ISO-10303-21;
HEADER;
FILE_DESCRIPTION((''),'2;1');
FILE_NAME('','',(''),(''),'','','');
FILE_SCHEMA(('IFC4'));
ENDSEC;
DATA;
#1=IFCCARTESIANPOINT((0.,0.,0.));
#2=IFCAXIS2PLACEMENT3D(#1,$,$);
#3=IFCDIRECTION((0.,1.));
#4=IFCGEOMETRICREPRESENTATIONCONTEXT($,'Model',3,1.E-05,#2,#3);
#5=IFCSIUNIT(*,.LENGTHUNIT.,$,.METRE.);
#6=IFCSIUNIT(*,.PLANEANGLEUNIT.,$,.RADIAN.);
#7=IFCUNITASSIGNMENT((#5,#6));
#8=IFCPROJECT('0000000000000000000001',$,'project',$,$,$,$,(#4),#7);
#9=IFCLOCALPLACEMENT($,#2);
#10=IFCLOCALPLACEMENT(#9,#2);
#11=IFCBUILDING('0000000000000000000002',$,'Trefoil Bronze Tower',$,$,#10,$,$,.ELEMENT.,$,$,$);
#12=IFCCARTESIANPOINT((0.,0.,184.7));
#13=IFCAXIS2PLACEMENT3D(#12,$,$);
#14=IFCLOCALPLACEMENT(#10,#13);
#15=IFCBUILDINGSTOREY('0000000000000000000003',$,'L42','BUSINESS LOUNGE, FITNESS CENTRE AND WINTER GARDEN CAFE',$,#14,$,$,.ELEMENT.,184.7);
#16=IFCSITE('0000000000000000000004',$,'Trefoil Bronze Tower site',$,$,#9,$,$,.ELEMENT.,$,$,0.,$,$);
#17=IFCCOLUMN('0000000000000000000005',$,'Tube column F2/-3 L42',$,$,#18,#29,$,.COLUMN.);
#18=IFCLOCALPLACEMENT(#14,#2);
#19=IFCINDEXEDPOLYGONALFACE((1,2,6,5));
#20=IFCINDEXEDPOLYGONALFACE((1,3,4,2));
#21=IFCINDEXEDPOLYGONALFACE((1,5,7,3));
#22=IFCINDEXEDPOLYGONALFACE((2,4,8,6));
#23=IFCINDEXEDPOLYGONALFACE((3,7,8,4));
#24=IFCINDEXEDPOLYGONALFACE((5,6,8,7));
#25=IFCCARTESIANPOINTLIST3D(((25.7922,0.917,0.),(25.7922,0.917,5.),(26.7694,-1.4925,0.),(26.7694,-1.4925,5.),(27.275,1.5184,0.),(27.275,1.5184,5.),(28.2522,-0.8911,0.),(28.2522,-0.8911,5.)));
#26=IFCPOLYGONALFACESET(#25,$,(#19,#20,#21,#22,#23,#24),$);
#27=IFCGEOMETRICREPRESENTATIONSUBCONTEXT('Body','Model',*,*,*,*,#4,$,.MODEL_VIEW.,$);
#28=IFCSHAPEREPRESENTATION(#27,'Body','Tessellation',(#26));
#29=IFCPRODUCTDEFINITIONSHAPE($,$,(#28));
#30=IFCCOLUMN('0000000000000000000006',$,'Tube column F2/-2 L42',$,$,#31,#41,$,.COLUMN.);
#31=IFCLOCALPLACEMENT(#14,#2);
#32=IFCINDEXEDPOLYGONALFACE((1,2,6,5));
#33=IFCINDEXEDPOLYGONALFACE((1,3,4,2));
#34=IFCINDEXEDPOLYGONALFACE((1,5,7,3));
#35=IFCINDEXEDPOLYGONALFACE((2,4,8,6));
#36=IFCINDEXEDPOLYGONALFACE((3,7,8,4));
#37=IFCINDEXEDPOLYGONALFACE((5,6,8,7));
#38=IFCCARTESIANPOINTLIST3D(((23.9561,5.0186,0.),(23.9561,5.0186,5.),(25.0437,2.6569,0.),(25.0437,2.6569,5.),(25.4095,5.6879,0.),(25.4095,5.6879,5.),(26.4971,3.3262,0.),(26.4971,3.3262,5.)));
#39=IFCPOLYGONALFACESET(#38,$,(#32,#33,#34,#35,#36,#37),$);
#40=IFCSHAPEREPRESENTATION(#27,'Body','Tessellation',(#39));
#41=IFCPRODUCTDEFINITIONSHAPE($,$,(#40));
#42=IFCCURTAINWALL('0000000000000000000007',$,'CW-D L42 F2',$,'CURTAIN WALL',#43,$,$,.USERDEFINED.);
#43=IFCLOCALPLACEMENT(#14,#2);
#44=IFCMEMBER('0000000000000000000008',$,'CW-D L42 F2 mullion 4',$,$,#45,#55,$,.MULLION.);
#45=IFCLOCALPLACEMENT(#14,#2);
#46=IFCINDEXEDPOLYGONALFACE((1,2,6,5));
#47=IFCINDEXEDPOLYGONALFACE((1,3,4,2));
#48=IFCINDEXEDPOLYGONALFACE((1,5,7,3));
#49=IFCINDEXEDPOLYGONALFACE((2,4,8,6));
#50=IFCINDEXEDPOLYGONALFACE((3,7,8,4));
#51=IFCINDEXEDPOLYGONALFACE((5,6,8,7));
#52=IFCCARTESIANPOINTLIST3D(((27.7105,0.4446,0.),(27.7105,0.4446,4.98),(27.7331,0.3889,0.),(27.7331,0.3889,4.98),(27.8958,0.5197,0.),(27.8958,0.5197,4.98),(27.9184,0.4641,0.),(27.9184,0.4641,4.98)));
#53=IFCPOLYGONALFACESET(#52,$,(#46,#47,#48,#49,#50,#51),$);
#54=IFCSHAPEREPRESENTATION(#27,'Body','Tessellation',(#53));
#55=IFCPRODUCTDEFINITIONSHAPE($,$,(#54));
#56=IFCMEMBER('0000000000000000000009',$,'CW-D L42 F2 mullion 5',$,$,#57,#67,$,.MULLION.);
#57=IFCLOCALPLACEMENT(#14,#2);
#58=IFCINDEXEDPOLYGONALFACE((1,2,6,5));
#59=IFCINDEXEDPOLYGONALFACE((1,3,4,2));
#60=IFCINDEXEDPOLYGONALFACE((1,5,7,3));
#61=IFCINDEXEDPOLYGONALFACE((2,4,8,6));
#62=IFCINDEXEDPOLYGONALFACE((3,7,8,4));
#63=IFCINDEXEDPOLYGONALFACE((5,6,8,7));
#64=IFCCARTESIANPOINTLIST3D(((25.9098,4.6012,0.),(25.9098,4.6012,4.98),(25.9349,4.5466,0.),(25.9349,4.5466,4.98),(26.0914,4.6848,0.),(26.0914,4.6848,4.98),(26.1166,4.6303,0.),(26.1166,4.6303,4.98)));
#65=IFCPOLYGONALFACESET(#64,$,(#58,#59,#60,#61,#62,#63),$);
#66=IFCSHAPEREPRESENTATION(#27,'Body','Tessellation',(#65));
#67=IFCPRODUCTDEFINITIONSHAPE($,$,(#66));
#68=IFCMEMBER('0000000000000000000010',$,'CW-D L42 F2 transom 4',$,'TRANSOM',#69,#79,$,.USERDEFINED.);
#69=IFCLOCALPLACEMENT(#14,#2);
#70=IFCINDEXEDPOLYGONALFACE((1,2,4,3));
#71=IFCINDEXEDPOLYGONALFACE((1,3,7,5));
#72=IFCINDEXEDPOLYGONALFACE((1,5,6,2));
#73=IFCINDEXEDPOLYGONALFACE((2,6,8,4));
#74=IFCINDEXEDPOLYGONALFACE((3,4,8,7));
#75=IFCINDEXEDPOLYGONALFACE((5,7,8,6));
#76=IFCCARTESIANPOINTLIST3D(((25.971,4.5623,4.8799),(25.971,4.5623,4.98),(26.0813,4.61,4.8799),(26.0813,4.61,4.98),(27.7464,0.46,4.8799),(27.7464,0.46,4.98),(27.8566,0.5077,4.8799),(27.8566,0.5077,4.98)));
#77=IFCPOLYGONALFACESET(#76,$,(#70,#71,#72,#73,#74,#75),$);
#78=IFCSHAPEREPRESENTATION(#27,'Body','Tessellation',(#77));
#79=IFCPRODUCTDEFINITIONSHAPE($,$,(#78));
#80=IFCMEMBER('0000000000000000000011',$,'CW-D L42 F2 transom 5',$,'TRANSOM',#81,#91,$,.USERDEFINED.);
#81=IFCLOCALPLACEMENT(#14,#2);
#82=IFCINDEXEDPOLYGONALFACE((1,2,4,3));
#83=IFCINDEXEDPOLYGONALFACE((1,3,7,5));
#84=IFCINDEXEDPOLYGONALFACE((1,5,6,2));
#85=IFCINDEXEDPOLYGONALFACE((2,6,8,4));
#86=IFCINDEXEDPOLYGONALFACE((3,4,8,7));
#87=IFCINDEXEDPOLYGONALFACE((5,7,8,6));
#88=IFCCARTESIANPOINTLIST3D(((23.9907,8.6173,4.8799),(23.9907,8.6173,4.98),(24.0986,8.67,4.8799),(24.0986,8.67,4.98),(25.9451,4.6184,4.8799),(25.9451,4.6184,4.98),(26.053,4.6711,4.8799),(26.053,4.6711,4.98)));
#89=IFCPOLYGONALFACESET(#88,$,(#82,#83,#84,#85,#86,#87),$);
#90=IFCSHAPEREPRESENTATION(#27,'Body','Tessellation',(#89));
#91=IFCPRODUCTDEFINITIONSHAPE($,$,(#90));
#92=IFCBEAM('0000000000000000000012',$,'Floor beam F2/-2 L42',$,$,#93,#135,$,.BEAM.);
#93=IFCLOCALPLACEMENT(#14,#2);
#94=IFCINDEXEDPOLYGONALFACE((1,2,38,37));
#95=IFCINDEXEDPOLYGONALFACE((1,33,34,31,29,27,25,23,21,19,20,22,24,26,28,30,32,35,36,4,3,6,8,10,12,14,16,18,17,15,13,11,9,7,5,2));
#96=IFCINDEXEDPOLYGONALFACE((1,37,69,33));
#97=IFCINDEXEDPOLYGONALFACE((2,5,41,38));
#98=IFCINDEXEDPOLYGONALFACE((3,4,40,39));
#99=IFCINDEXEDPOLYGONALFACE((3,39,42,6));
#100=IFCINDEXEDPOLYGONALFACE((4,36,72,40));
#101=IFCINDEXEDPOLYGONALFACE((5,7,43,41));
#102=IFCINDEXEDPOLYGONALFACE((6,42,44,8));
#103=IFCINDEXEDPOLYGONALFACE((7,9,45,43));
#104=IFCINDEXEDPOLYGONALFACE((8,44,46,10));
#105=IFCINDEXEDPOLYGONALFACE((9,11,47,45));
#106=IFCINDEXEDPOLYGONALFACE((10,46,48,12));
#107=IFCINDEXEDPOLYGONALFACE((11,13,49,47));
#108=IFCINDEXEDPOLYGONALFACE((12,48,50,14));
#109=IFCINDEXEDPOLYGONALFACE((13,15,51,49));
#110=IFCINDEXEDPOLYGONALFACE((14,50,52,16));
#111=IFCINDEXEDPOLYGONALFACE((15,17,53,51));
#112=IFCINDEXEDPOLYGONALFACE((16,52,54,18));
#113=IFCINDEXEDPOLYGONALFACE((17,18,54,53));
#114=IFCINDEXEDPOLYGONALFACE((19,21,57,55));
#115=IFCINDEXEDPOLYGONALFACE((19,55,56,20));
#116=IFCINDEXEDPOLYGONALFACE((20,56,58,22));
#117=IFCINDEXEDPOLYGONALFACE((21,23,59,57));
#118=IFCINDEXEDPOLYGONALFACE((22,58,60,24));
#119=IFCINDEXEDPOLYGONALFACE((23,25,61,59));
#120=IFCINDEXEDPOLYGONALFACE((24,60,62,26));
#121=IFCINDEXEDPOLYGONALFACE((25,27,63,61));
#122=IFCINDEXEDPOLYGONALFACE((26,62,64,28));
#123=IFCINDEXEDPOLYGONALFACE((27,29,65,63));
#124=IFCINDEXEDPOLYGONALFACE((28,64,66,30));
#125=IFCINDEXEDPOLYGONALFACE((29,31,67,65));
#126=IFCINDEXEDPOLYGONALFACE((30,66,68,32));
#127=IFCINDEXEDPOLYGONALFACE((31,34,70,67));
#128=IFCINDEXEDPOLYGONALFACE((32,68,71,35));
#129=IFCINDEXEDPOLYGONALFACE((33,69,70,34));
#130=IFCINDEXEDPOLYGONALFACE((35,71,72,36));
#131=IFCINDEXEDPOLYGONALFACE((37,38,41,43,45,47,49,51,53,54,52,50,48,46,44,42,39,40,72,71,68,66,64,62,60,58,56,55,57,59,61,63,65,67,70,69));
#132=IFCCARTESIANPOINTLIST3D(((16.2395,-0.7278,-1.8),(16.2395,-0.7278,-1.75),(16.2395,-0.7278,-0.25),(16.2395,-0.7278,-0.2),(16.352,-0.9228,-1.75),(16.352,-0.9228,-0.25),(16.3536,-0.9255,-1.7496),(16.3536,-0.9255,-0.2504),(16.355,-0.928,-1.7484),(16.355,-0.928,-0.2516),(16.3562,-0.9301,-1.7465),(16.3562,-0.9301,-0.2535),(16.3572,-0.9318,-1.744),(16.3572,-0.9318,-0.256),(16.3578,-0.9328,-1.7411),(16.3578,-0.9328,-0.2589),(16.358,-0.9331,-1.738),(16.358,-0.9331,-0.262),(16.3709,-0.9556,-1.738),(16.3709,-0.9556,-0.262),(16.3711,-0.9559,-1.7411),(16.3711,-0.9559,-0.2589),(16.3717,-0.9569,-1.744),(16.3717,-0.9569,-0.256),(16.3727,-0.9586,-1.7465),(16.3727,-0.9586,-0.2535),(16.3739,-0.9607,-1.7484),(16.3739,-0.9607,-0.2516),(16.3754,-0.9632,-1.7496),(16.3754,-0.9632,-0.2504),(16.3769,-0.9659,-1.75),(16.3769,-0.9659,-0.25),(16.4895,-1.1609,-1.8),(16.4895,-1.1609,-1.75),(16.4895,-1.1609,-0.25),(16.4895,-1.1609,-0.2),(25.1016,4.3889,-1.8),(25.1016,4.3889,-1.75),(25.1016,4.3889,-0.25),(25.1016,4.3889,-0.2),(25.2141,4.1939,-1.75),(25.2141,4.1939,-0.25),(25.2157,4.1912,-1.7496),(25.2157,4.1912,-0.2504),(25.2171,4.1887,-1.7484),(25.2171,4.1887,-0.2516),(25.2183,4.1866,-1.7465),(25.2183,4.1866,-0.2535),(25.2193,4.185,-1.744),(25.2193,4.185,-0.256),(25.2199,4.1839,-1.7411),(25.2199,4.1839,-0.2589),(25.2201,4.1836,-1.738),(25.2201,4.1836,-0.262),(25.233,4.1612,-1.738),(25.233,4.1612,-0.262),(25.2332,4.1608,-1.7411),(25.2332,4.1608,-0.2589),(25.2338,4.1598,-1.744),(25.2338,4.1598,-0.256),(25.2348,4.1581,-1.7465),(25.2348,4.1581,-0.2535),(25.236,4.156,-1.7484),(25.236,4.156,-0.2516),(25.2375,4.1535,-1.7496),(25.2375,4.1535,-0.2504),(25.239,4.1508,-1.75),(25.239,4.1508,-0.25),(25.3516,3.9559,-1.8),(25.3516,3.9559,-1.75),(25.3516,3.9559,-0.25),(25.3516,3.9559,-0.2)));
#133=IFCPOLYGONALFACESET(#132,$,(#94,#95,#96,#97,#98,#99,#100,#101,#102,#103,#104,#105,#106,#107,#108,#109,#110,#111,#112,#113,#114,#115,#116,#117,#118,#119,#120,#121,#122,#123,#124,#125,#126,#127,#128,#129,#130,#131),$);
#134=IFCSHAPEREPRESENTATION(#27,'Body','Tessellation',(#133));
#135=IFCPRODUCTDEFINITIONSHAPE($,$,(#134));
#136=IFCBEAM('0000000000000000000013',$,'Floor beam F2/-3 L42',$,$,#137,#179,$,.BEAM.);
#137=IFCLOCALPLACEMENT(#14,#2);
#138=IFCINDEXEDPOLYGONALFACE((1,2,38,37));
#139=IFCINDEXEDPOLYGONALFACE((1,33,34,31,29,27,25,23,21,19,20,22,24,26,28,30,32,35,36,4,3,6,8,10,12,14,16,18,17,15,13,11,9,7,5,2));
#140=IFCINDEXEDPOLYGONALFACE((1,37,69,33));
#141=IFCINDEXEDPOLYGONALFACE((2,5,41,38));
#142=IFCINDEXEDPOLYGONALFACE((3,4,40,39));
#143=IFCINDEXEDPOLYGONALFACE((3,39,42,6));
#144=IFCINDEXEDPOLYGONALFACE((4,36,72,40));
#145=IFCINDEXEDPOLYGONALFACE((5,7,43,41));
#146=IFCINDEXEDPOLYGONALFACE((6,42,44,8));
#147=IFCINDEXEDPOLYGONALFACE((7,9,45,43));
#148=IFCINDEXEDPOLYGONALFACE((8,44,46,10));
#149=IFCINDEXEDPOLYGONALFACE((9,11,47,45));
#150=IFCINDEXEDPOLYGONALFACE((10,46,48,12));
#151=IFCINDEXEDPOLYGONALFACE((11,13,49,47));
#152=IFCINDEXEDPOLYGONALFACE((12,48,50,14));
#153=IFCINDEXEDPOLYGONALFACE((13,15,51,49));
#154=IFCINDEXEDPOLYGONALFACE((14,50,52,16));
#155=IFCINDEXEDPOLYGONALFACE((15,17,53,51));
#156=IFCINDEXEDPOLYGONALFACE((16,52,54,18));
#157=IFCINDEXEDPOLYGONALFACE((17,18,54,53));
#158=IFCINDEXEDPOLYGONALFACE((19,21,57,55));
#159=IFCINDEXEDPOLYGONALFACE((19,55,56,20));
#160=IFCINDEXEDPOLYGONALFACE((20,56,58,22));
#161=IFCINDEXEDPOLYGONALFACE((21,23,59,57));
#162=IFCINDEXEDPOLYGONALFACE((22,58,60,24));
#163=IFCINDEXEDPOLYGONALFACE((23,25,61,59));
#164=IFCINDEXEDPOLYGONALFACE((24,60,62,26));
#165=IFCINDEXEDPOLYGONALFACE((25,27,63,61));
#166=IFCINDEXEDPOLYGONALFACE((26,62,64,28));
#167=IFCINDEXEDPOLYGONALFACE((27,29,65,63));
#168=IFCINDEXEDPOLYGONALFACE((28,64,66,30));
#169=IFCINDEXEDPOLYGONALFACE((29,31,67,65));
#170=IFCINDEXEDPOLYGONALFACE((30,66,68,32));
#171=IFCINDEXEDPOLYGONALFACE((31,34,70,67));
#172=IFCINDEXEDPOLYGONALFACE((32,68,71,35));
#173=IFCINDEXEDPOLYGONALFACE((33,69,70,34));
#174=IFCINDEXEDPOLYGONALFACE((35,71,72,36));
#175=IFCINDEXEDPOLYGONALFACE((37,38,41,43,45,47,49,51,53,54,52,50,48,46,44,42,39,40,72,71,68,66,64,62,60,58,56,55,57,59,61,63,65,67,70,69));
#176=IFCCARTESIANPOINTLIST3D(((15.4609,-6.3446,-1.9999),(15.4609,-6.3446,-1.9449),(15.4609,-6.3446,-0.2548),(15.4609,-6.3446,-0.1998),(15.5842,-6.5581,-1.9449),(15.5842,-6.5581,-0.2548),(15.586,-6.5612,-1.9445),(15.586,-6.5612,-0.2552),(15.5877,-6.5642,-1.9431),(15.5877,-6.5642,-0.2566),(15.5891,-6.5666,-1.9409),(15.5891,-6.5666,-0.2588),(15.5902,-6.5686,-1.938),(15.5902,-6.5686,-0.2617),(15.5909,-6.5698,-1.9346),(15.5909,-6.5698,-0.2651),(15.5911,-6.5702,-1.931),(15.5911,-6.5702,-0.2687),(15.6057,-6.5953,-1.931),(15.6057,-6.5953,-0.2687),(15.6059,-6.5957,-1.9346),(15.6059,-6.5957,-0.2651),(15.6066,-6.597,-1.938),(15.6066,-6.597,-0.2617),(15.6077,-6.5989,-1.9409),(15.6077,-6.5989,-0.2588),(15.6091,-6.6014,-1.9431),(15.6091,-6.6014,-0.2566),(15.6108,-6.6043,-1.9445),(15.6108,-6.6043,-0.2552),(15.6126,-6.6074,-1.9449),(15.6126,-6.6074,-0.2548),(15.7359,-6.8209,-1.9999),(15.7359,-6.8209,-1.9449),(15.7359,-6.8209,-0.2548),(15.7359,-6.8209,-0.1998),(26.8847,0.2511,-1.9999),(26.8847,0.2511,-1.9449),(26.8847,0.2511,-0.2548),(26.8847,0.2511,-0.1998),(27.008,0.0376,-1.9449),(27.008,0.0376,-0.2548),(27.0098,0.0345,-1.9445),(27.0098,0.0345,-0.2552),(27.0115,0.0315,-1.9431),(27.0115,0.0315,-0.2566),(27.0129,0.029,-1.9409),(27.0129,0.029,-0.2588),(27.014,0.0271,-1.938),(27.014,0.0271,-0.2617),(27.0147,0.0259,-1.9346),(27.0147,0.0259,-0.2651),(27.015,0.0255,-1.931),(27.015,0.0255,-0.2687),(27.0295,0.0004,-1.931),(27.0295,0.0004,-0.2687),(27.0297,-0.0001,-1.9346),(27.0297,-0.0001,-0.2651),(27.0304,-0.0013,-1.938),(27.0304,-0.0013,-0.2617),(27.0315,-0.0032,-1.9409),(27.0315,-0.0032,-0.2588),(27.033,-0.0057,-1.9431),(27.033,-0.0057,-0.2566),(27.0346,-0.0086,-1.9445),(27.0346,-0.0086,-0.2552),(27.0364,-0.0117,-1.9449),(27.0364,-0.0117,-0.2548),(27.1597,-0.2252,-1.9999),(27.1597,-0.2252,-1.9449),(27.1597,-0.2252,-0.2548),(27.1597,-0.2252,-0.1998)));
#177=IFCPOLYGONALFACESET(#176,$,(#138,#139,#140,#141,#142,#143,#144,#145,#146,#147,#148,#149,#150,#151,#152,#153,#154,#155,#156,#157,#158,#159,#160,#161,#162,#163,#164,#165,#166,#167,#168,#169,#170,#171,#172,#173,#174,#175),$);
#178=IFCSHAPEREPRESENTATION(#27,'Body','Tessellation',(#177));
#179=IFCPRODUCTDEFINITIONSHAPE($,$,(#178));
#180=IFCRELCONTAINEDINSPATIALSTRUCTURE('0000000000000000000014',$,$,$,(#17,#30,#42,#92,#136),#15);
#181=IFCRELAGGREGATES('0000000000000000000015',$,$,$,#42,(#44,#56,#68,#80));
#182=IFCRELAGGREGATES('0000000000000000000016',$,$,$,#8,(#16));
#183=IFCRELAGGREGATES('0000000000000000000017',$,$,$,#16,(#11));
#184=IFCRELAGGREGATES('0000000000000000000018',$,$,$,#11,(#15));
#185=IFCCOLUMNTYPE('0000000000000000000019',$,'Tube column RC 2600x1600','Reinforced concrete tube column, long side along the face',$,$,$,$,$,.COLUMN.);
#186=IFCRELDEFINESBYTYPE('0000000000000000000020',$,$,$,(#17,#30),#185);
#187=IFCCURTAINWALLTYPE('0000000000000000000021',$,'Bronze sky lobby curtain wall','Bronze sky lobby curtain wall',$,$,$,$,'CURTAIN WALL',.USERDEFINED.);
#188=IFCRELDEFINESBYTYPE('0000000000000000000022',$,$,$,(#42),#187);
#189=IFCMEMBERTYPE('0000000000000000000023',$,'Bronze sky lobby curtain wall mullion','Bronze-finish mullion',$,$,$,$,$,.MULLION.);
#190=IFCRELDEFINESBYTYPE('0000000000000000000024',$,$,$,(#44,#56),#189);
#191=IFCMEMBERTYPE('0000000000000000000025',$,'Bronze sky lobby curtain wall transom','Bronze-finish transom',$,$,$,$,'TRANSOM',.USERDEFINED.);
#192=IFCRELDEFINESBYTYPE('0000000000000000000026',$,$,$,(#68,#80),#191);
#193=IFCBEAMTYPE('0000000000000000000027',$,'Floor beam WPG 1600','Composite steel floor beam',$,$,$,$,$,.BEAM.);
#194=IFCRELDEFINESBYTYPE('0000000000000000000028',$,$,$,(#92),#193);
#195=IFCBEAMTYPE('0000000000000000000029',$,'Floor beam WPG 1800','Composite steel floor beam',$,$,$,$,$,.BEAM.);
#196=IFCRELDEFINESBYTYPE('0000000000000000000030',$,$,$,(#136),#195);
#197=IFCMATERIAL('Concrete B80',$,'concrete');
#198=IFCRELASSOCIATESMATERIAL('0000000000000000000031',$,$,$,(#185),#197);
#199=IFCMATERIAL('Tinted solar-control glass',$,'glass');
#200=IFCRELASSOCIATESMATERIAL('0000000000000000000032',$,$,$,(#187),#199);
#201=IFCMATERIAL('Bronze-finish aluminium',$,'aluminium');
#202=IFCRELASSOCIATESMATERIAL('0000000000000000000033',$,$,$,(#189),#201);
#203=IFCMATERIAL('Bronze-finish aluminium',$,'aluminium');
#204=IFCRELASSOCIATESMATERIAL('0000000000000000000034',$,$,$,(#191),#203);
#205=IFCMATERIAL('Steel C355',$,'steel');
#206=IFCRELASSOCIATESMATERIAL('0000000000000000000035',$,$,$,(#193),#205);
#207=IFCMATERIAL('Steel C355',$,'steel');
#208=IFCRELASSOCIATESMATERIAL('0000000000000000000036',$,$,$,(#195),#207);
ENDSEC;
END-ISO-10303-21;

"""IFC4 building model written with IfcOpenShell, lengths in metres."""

from ifc_helpers import new_model, si_unit, direction, frame, origin, origin_2d, place, context, subcontext, project, spatial, rectangle, i_section, extrude, material, material_profile, profile_set, type_object, element, aggregate, save


model = new_model("IFC4")

# Units and contexts
model_context = context("Model", 3, precision=1e-05, world=origin(), true_north=direction((0.0, 1.0)))
body_context = subcontext(model_context, "Body", "Model", "MODEL_VIEW")
ifc_project = project(units=[si_unit("LENGTHUNIT", "METRE"), si_unit("PLANEANGLEUNIT", "RADIAN")], contexts=[model_context])

# Site, building, storey
site_placement = place(None, origin())
site = spatial("IfcSite", under=ifc_project, at=site_placement, Name="Trefoil Bronze Tower site", CompositionType="ELEMENT", RefElevation=0.0)
building_placement = place(site_placement, origin())
building = spatial("IfcBuilding", under=site, at=building_placement, Name="Trefoil Bronze Tower", CompositionType="ELEMENT")
storey_placement = place(building_placement, frame((0.0, 0.0, 184.7)))
storey = spatial("IfcBuildingStorey", under=building, at=storey_placement, Name="L42", Description="BUSINESS LOUNGE, FITNESS CENTRE AND WINTER GARDEN CAFE", CompositionType="ELEMENT", Elevation=184.7)

# Columns
ifc_material_1 = material(Name="Concrete B80", Category="concrete")
ifc_material_profile_1 = material_profile(ifc_material_1, rectangle(XDim=2.6001, YDim=1.6001, at=origin_2d()), Name="RC 2600x1600")
ifc_profile_set_1 = profile_set([ifc_material_profile_1], Name="Concrete B80")
column_type = type_object("IfcColumnType", Name="Tube column RC 2600x1600", Description="Reinforced concrete tube column, long side along the face", PredefinedType="COLUMN", material=ifc_profile_set_1)
for number, where, z_axis, x_axis, name in (
    (1, (27.0222, 0.0129, 0.0), (0.0, 0.0, 1.0), (-0.375828, 0.926689, 0.0), "Tube column F2/-3 L42"),
    (2, (25.2266, 4.1724, 0.0), (0.0, 0.0, 1.0), (-0.418286, 0.908315, 0.0), "Tube column F2/-2 L42"),
):
    element("IfcColumn", number, at=place(storey_placement, frame(where, z_axis=z_axis, x_axis=x_axis)), inside=storey, type_object=column_type, Name=name, PredefinedType="COLUMN", context=body_context, shape_type="SweptSolid", body=[
        extrude(rectangle(XDim=2.6001, YDim=1.6001, at=origin_2d()), origin(), (0.0, 0.0, 1.0), 5.0),
    ])

# Curtain wall, members
ifc_material_2 = material(Name="Tinted solar-control glass", Category="glass")
curtain_wall_type = type_object("IfcCurtainWallType", Name="Bronze sky lobby curtain wall", Description="Bronze sky lobby curtain wall", ElementType="CURTAIN WALL", PredefinedType="USERDEFINED", material=ifc_material_2)
curtain_wall_placement = place(storey_placement, origin())
curtain_wall = element("IfcCurtainWall", 3, at=curtain_wall_placement, inside=storey, type_object=curtain_wall_type, Name="CW-D L42 F2", ObjectType="CURTAIN WALL", PredefinedType="USERDEFINED")
ifc_material_3 = material(Name="Bronze-finish aluminium", Category="aluminium")
ifc_material_profile_2 = material_profile(ifc_material_3, rectangle(XDim=0.2, YDim=0.0601, at=origin_2d()), Name="CW-D mullion")
ifc_profile_set_2 = profile_set([ifc_material_profile_2], Name="Bronze-finish aluminium")
member_type_1 = type_object("IfcMemberType", Name="Bronze sky lobby curtain wall mullion", Description="Bronze-finish mullion", PredefinedType="MULLION", material=ifc_profile_set_2)
member_1_placement = place(storey_placement, frame((27.8145, 0.4543, 0.0), z_axis=(0.0, 0.0, 1.0), x_axis=(-0.926689, -0.375828, 0.0)))
member_1 = element("IfcMember", 4, at=member_1_placement, type_object=member_type_1, Name="CW-D L42 F2 mullion 4", PredefinedType="MULLION", context=body_context, shape_type="SweptSolid", body=[
    extrude(rectangle(XDim=0.2, YDim=0.0601, at=origin_2d()), origin(), (0.0, 0.0, 1.0), 4.98),
])
member_2_placement = place(storey_placement, frame((26.0132, 4.6157, 0.0), z_axis=(0.0, 0.0, 1.0), x_axis=(-0.908315, -0.418286, 0.0)))
member_2 = element("IfcMember", 5, at=member_2_placement, type_object=member_type_1, Name="CW-D L42 F2 mullion 5", PredefinedType="MULLION", context=body_context, shape_type="SweptSolid", body=[
    extrude(rectangle(XDim=0.2, YDim=0.0601, at=origin_2d()), origin(), (0.0, 0.0, 1.0), 4.98),
])
ifc_material_4 = material(Name="Bronze-finish aluminium", Category="aluminium")
ifc_material_profile_3 = material_profile(ifc_material_4, rectangle(XDim=0.1201, YDim=0.1001, at=origin_2d()), Name="CW-D transom")
ifc_profile_set_3 = profile_set([ifc_material_profile_3], Name="Bronze-finish aluminium")
member_type_2 = type_object("IfcMemberType", Name="Bronze sky lobby curtain wall transom", Description="Bronze-finish transom", ElementType="TRANSOM", PredefinedType="USERDEFINED", material=ifc_profile_set_3)
member_3_placement = place(storey_placement, frame((27.8015, 0.4839, 4.9299), z_axis=(-0.39718, 0.917741, 0.0), x_axis=(-0.917741, -0.39718, 0.0)))
member_3 = element("IfcMember", 6, at=member_3_placement, type_object=member_type_2, Name="CW-D L42 F2 transom 4", ObjectType="TRANSOM", PredefinedType="USERDEFINED", context=body_context, shape_type="SweptSolid", body=[
    extrude(rectangle(XDim=0.1201, YDim=0.1001, at=origin_2d()), origin(), (0.0, 0.0, 1.0), 4.47),
])
member_4_placement = place(storey_placement, frame((25.999, 4.6448, 4.9299), z_axis=(-0.439099, 0.898439, 0.0), x_axis=(-0.898439, -0.439099, 0.0)))
member_4 = element("IfcMember", 7, at=member_4_placement, type_object=member_type_2, Name="CW-D L42 F2 transom 5", ObjectType="TRANSOM", PredefinedType="USERDEFINED", context=body_context, shape_type="SweptSolid", body=[
    extrude(rectangle(XDim=0.1201, YDim=0.1001, at=origin_2d()), origin(), (0.0, 0.0, 1.0), 4.4509),
])

# Beams
ifc_material_5 = material(Name="Steel C355", Category="steel")
ifc_material_profile_4 = material_profile(ifc_material_5, i_section(OverallWidth=0.5, OverallDepth=1.6001, WebThickness=0.0259, FlangeThickness=0.05, FilletRadius=0.012, at=origin_2d()), Name="WPG 1600")
ifc_profile_set_4 = profile_set([ifc_material_profile_4], Name="Steel C355")
beam_type_1 = type_object("IfcBeamType", Name="Floor beam WPG 1600", Description="Composite steel floor beam", PredefinedType="BEAM", material=ifc_profile_set_4)
beam_1_placement = place(storey_placement, frame((25.2266, 4.1724, -1.0), z_axis=(-0.866018, -0.500014, 0.0), x_axis=(0.500014, -0.866018, 0.0)))
element("IfcBeam", 8, at=beam_1_placement, inside=storey, type_object=beam_type_1, Name="Floor beam F2/-2 L42", PredefinedType="BEAM", context=body_context, shape_type="SweptSolid", body=[
    extrude(i_section(OverallWidth=0.5, OverallDepth=1.6001, WebThickness=0.0259, FlangeThickness=0.05, FilletRadius=0.012, at=origin_2d()), origin(), (0.0, 0.0, 1.0), 10.2332),
])
ifc_material_6 = material(Name="Steel C355", Category="steel")
ifc_material_profile_5 = material_profile(ifc_material_6, i_section(OverallWidth=0.55, OverallDepth=1.8, WebThickness=0.0291, FlangeThickness=0.0549, FilletRadius=0.0139, at=origin_2d()), Name="WPG 1800")
ifc_profile_set_5 = profile_set([ifc_material_profile_5], Name="Steel C355")
beam_type_2 = type_object("IfcBeamType", Name="Floor beam WPG 1800", Description="Composite steel floor beam", PredefinedType="BEAM", material=ifc_profile_set_5)
beam_2_placement = place(storey_placement, frame((27.0222, 0.0129, -1.0999), z_axis=(-0.86602, -0.500009, 0.0), x_axis=(0.500009, -0.86602, 0.0)))
element("IfcBeam", 9, at=beam_2_placement, inside=storey, type_object=beam_type_2, Name="Floor beam F2/-3 L42", PredefinedType="BEAM", context=body_context, shape_type="SweptSolid", body=[
    extrude(i_section(OverallWidth=0.55, OverallDepth=1.8, WebThickness=0.0291, FlangeThickness=0.0549, FilletRadius=0.0139, at=origin_2d()), origin(), (0.0, 0.0, 1.0), 13.1912),
])

aggregate(curtain_wall, [member_1, member_2, member_3, member_4])

save(model, "model.ifc")
